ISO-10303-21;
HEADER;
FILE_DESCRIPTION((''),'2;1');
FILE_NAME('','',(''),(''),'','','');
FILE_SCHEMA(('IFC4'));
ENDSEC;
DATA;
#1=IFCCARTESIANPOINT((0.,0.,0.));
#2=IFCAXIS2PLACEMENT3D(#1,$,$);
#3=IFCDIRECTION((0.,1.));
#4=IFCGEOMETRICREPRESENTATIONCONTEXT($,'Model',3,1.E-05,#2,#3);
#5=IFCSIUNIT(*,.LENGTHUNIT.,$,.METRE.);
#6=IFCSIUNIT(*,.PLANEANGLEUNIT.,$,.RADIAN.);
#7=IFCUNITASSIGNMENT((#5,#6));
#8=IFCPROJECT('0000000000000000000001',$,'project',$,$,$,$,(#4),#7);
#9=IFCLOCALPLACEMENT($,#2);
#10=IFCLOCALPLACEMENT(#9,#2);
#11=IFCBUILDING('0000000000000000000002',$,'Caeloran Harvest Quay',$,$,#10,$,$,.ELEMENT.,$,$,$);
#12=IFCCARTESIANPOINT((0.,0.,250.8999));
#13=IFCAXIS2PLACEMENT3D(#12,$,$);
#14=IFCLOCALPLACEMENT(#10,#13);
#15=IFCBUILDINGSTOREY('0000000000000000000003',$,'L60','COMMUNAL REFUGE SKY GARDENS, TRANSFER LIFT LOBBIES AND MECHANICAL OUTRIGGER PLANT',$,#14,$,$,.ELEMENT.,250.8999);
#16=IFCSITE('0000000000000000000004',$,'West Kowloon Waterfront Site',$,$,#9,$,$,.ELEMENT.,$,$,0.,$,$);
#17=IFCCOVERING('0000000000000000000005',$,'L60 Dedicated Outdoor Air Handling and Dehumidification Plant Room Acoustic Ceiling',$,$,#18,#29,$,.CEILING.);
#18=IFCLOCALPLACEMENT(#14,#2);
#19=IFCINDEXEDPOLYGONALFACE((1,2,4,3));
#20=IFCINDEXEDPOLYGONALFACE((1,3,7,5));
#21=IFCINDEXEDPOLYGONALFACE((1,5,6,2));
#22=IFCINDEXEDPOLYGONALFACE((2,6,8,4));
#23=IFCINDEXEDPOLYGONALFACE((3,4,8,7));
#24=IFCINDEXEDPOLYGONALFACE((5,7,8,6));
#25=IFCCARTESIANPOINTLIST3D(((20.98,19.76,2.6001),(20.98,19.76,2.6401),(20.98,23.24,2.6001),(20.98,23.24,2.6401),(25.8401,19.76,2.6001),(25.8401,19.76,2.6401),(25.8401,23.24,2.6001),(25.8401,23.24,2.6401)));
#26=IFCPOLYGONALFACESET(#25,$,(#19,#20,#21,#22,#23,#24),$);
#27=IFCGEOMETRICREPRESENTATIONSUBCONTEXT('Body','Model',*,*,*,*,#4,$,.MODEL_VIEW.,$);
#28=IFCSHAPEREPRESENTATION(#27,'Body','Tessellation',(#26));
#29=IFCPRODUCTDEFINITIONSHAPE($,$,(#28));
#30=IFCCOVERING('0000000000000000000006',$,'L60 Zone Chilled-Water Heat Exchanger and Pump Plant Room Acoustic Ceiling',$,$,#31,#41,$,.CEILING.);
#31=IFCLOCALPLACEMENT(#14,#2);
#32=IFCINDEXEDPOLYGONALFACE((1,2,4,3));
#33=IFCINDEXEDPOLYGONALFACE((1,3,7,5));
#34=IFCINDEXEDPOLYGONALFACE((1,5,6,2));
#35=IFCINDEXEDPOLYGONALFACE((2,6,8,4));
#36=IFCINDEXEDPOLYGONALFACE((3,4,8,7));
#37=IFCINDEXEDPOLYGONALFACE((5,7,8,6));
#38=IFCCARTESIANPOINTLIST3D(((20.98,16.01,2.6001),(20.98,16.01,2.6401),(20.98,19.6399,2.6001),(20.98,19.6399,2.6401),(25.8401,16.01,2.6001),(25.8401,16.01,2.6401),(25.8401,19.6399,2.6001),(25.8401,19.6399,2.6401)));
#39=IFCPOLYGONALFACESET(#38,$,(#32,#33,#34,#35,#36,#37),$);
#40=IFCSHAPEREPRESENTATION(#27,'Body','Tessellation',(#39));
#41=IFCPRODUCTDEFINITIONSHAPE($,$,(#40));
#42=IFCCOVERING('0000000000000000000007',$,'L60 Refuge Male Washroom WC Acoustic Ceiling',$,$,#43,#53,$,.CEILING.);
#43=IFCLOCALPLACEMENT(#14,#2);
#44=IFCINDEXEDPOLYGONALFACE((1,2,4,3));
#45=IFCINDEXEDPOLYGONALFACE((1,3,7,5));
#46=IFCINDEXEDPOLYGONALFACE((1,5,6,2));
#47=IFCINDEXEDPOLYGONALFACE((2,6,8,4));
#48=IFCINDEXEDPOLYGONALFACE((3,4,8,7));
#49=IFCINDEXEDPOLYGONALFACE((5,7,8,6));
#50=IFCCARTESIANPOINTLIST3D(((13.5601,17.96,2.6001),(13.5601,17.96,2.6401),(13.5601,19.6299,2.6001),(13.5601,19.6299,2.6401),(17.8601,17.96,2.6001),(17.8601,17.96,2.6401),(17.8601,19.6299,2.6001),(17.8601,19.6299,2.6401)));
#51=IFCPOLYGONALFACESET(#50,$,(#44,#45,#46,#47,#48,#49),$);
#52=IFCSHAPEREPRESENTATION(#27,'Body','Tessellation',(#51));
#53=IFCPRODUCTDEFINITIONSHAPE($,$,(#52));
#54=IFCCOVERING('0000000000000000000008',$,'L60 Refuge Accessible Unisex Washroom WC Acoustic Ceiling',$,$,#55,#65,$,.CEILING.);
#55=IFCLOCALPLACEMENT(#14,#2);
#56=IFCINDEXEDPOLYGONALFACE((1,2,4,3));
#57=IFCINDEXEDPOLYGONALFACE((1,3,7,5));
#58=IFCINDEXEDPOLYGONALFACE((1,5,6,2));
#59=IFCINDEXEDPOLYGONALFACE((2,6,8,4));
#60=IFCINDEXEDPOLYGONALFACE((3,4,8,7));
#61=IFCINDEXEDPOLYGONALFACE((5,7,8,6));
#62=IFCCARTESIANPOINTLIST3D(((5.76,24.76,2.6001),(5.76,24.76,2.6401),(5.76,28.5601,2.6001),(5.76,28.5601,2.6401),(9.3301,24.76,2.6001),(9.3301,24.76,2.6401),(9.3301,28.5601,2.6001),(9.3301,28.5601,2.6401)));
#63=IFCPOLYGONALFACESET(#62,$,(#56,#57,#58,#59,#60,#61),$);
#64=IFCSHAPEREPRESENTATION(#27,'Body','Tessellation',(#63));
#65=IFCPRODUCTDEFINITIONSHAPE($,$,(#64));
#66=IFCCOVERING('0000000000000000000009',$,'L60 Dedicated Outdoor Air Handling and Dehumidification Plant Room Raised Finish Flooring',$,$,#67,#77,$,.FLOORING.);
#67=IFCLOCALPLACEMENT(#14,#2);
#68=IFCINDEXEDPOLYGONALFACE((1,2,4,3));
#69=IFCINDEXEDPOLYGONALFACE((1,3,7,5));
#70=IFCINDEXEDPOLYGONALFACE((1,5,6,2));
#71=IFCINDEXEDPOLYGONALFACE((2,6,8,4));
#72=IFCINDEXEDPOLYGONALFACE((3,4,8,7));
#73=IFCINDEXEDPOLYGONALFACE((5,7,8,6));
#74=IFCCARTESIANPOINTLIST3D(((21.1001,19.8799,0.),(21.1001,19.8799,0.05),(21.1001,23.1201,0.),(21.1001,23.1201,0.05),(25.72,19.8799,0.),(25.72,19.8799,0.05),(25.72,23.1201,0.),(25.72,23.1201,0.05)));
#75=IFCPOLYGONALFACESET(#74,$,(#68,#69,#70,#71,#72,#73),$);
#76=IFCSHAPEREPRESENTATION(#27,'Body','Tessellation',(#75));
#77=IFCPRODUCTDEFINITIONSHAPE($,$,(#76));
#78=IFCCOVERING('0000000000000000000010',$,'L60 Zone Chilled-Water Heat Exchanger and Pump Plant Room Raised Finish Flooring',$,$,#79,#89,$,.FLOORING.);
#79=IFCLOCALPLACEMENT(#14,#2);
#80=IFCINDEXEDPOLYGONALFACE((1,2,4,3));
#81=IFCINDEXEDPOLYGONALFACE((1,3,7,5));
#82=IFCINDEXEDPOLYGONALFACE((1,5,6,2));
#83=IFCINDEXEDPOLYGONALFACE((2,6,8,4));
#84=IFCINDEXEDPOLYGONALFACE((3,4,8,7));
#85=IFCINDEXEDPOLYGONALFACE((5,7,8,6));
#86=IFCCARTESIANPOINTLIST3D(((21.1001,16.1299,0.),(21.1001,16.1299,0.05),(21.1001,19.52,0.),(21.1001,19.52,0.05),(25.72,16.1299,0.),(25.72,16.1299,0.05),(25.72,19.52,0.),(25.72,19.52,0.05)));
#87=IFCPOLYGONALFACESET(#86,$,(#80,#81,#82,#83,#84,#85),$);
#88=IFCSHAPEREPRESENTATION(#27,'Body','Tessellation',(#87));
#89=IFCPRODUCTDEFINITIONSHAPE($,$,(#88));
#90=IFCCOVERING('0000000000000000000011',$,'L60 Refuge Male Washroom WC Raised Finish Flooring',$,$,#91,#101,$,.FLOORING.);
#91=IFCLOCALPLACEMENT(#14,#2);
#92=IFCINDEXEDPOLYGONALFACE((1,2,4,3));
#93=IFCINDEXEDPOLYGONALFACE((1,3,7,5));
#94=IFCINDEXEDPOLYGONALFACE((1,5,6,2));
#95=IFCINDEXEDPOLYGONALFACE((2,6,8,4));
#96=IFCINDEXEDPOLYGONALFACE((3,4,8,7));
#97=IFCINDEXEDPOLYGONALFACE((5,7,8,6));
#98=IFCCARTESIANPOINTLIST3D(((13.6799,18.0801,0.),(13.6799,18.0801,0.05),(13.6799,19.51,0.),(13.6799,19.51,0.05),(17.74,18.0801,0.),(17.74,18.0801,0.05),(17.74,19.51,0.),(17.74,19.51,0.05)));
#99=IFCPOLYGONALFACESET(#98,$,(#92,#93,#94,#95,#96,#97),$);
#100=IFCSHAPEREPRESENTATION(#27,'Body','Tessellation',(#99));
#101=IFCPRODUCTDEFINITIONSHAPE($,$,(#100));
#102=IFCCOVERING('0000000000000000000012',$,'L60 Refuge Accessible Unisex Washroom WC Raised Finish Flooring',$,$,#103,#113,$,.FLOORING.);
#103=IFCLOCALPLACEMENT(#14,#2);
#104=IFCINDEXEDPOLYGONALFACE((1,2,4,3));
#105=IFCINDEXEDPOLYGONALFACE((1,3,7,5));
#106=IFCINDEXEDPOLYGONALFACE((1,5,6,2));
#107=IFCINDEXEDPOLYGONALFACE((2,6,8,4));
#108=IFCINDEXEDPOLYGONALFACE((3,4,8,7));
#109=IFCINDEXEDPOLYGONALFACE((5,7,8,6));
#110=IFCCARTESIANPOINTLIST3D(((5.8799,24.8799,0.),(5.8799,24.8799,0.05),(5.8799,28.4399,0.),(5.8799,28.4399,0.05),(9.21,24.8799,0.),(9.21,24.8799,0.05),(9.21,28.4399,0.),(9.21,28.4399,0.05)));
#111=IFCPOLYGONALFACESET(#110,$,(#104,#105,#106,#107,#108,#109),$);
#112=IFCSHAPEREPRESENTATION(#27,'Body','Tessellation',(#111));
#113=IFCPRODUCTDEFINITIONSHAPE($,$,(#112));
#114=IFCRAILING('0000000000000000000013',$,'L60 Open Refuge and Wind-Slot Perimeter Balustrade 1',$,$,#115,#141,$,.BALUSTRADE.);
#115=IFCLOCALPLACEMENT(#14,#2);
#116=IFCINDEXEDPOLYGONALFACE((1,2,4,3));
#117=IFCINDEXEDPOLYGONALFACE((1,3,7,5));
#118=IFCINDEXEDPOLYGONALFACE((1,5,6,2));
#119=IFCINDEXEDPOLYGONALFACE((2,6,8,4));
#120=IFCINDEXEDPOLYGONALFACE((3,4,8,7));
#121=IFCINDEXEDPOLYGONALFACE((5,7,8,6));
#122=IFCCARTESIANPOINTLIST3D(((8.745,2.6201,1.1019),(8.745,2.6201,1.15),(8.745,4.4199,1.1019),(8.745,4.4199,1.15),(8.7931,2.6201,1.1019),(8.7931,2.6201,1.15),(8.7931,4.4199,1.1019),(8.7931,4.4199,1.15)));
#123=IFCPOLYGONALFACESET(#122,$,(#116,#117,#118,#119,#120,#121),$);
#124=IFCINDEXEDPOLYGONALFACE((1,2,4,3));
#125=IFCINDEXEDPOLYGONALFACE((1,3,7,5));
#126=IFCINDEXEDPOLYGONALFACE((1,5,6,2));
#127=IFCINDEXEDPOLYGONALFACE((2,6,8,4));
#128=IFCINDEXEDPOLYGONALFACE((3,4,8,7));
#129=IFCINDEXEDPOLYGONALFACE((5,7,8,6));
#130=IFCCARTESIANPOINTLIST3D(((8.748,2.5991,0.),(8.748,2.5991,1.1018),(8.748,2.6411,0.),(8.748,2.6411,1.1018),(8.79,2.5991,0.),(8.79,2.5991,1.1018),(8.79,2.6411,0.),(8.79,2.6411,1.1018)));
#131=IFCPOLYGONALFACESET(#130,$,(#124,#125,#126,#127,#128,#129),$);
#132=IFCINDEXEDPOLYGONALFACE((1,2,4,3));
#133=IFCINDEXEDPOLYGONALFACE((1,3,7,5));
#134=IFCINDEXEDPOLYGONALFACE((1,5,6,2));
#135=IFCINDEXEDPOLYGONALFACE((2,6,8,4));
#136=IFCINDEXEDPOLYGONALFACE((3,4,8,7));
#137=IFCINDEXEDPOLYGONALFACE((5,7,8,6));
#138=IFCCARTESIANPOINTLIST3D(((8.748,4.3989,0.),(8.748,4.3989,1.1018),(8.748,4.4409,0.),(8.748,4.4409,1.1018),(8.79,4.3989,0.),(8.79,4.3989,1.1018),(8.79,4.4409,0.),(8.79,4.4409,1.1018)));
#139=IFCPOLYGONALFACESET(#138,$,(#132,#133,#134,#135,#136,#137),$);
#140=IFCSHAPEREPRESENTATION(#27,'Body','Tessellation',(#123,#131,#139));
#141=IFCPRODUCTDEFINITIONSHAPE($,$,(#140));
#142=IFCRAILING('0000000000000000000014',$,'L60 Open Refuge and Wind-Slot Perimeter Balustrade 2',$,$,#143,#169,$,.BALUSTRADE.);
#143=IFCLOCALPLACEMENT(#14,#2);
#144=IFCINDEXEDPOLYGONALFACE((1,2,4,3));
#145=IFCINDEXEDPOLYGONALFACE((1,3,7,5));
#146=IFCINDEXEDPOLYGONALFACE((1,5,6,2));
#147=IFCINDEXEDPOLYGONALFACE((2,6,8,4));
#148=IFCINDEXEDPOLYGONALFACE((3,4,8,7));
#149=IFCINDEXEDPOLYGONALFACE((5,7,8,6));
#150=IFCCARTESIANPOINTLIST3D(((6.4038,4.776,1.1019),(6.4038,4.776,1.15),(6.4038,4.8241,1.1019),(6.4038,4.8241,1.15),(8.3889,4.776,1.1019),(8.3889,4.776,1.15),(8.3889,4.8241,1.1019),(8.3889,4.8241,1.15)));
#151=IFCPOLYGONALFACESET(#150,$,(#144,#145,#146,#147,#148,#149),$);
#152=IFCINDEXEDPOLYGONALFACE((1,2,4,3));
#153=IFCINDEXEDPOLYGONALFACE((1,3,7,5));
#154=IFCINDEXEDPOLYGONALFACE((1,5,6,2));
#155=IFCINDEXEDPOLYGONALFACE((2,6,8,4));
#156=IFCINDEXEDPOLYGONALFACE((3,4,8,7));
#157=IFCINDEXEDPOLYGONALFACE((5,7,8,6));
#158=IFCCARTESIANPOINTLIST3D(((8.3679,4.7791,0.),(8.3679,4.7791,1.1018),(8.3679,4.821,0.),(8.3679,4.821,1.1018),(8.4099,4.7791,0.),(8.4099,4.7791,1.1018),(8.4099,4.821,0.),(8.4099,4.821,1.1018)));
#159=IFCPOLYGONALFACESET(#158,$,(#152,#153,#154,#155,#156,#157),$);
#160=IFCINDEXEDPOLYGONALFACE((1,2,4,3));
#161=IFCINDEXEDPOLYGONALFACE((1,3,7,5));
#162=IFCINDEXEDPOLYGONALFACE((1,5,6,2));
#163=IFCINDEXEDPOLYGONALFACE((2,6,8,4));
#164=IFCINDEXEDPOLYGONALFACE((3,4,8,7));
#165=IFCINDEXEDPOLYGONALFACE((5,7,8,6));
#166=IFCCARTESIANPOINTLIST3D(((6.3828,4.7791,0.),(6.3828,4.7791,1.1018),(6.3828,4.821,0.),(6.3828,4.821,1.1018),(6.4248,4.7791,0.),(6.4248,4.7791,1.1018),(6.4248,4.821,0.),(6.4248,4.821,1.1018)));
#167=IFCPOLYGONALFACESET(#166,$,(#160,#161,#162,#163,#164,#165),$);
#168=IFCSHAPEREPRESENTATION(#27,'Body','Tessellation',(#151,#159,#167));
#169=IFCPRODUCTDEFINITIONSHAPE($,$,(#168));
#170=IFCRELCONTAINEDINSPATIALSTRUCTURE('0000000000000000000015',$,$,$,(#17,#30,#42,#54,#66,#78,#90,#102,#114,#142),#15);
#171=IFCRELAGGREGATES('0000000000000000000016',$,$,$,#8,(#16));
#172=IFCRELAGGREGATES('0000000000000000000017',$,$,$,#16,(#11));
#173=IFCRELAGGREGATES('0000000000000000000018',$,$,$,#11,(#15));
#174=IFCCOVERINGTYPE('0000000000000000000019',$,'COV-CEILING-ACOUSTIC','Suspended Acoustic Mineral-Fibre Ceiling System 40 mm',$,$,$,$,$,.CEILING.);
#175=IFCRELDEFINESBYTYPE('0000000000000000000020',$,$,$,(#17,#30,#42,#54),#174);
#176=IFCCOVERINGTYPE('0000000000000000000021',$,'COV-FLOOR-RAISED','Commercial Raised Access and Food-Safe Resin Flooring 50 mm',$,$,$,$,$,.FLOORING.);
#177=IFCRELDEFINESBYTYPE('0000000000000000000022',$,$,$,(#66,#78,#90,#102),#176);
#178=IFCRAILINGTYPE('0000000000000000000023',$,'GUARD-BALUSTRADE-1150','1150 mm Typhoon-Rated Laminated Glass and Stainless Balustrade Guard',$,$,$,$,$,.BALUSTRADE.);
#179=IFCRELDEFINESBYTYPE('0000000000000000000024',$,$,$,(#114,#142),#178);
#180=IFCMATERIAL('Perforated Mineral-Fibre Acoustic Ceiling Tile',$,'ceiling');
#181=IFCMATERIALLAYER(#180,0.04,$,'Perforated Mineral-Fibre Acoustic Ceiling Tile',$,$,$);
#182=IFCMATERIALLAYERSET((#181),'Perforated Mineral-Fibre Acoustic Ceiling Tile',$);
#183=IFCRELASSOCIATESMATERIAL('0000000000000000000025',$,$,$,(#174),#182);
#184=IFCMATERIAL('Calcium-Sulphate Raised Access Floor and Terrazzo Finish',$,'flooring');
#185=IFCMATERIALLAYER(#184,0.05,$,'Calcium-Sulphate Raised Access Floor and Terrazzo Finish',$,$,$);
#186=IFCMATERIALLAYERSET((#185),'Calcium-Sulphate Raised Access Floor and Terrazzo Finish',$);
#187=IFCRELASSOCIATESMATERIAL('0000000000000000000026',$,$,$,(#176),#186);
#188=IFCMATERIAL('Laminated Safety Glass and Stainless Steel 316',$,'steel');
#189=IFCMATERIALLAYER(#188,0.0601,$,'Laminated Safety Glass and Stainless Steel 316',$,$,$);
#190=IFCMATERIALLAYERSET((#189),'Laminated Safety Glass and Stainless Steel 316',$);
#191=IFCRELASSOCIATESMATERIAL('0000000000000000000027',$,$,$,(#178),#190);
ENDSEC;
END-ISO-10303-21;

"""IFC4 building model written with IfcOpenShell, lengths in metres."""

from ifc_helpers import new_model, si_unit, direction, frame, origin, origin_2d, place, context, subcontext, project, spatial, polyline, rectangle, outline, extrude, material, layer, layer_set, type_object, element, save


model = new_model("IFC4")

# Units and contexts
model_context = context("Model", 3, precision=1e-05, world=origin(), true_north=direction((0.0, 1.0)))
body_context = subcontext(model_context, "Body", "Model", "MODEL_VIEW")
ifc_project = project(units=[si_unit("LENGTHUNIT", "METRE"), si_unit("PLANEANGLEUNIT", "RADIAN")], contexts=[model_context])

# Site, building, storey
site_placement = place(None, origin())
site = spatial("IfcSite", under=ifc_project, at=site_placement, Name="West Kowloon Waterfront Site", CompositionType="ELEMENT", RefElevation=0.0)
building_placement = place(site_placement, origin())
building = spatial("IfcBuilding", under=site, at=building_placement, Name="Caeloran Harvest Quay", CompositionType="ELEMENT")
storey_placement = place(building_placement, frame((0.0, 0.0, 250.8999)))
storey = spatial("IfcBuildingStorey", under=building, at=storey_placement, Name="L60", Description="COMMUNAL REFUGE SKY GARDENS, TRANSFER LIFT LOBBIES AND MECHANICAL OUTRIGGER PLANT", CompositionType="ELEMENT", Elevation=250.8999)

# Coverings
ifc_material_1 = material(Name="Perforated Mineral-Fibre Acoustic Ceiling Tile", Category="ceiling")
ifc_layer_1 = layer(ifc_material_1, 0.04, Name="Perforated Mineral-Fibre Acoustic Ceiling Tile")
ifc_layer_set_1 = layer_set([ifc_layer_1], Name="Perforated Mineral-Fibre Acoustic Ceiling Tile")
covering_type_1 = type_object("IfcCoveringType", Name="COV-CEILING-ACOUSTIC", Description="Suspended Acoustic Mineral-Fibre Ceiling System 40 mm", PredefinedType="CEILING", material=ifc_layer_set_1)
covering_1_placement = place(storey_placement, frame((0.0, 0.0, 2.6001)))
element("IfcCovering", 1, at=covering_1_placement, inside=storey, type_object=covering_type_1, Name="L60 Dedicated Outdoor Air Handling and Dehumidification Plant Room Acoustic Ceiling", PredefinedType="CEILING", context=body_context, shape_type="SweptSolid", body=[
    extrude(outline(polyline([(25.8401, 23.24), (25.8401, 19.76), (20.98, 19.76), (20.98, 23.24), (25.8401, 23.24)])), origin(), (0.0, 0.0, 1.0), 0.04),
])
covering_2_placement = place(storey_placement, frame((0.0, 0.0, 2.6001)))
element("IfcCovering", 2, at=covering_2_placement, inside=storey, type_object=covering_type_1, Name="L60 Zone Chilled-Water Heat Exchanger and Pump Plant Room Acoustic Ceiling", PredefinedType="CEILING", context=body_context, shape_type="SweptSolid", body=[
    extrude(outline(polyline([(25.8401, 19.6399), (25.8401, 16.01), (20.98, 16.01), (20.98, 19.6399), (25.8401, 19.6399)])), origin(), (0.0, 0.0, 1.0), 0.04),
])
covering_3_placement = place(storey_placement, frame((0.0, 0.0, 2.6001)))
element("IfcCovering", 3, at=covering_3_placement, inside=storey, type_object=covering_type_1, Name="L60 Refuge Male Washroom WC Acoustic Ceiling", PredefinedType="CEILING", context=body_context, shape_type="SweptSolid", body=[
    extrude(outline(polyline([(17.8601, 19.6299), (17.8601, 17.96), (13.5601, 17.96), (13.5601, 19.6299), (17.8601, 19.6299)])), origin(), (0.0, 0.0, 1.0), 0.04),
])
covering_4_placement = place(storey_placement, frame((0.0, 0.0, 2.6001)))
element("IfcCovering", 4, at=covering_4_placement, inside=storey, type_object=covering_type_1, Name="L60 Refuge Accessible Unisex Washroom WC Acoustic Ceiling", PredefinedType="CEILING", context=body_context, shape_type="SweptSolid", body=[
    extrude(outline(polyline([(9.3301, 28.5601), (9.3301, 24.76), (5.76, 24.76), (5.76, 28.5601), (9.3301, 28.5601)])), origin(), (0.0, 0.0, 1.0), 0.04),
])
ifc_material_2 = material(Name="Calcium-Sulphate Raised Access Floor and Terrazzo Finish", Category="flooring")
ifc_layer_2 = layer(ifc_material_2, 0.05, Name="Calcium-Sulphate Raised Access Floor and Terrazzo Finish")
ifc_layer_set_2 = layer_set([ifc_layer_2], Name="Calcium-Sulphate Raised Access Floor and Terrazzo Finish")
covering_type_2 = type_object("IfcCoveringType", Name="COV-FLOOR-RAISED", Description="Commercial Raised Access and Food-Safe Resin Flooring 50 mm", PredefinedType="FLOORING", material=ifc_layer_set_2)
covering_5_placement = place(storey_placement, origin())
element("IfcCovering", 5, at=covering_5_placement, inside=storey, type_object=covering_type_2, Name="L60 Dedicated Outdoor Air Handling and Dehumidification Plant Room Raised Finish Flooring", PredefinedType="FLOORING", context=body_context, shape_type="SweptSolid", body=[
    extrude(outline(polyline([(25.72, 23.1201), (25.72, 19.8799), (21.1001, 19.8799), (21.1001, 23.1201), (25.72, 23.1201)])), origin(), (0.0, 0.0, 1.0), 0.05),
])
covering_6_placement = place(storey_placement, origin())
element("IfcCovering", 6, at=covering_6_placement, inside=storey, type_object=covering_type_2, Name="L60 Zone Chilled-Water Heat Exchanger and Pump Plant Room Raised Finish Flooring", PredefinedType="FLOORING", context=body_context, shape_type="SweptSolid", body=[
    extrude(outline(polyline([(25.72, 19.52), (25.72, 16.1299), (21.1001, 16.1299), (21.1001, 19.52), (25.72, 19.52)])), origin(), (0.0, 0.0, 1.0), 0.05),
])
covering_7_placement = place(storey_placement, origin())
element("IfcCovering", 7, at=covering_7_placement, inside=storey, type_object=covering_type_2, Name="L60 Refuge Male Washroom WC Raised Finish Flooring", PredefinedType="FLOORING", context=body_context, shape_type="SweptSolid", body=[
    extrude(outline(polyline([(17.74, 19.51), (17.74, 18.0801), (13.6799, 18.0801), (13.6799, 19.51), (17.74, 19.51)])), origin(), (0.0, 0.0, 1.0), 0.05),
])
covering_8_placement = place(storey_placement, origin())
element("IfcCovering", 8, at=covering_8_placement, inside=storey, type_object=covering_type_2, Name="L60 Refuge Accessible Unisex Washroom WC Raised Finish Flooring", PredefinedType="FLOORING", context=body_context, shape_type="SweptSolid", body=[
    extrude(outline(polyline([(9.21, 28.4399), (9.21, 24.8799), (5.8799, 24.8799), (5.8799, 28.4399), (9.21, 28.4399)])), origin(), (0.0, 0.0, 1.0), 0.05),
])

# Railings
ifc_material_3 = material(Name="Laminated Safety Glass and Stainless Steel 316", Category="steel")
ifc_layer_3 = layer(ifc_material_3, 0.0601, Name="Laminated Safety Glass and Stainless Steel 316")
ifc_layer_set_3 = layer_set([ifc_layer_3], Name="Laminated Safety Glass and Stainless Steel 316")
railing_type = type_object("IfcRailingType", Name="GUARD-BALUSTRADE-1150", Description="1150 mm Typhoon-Rated Laminated Glass and Stainless Balustrade Guard", PredefinedType="BALUSTRADE", material=ifc_layer_set_3)
railing_1_placement = place(storey_placement, frame((8.769, 2.6201, 0.0)))
element("IfcRailing", 9, at=railing_1_placement, inside=storey, type_object=railing_type, Name="L60 Open Refuge and Wind-Slot Perimeter Balustrade 1", PredefinedType="BALUSTRADE", context=body_context, shape_type="SweptSolid", body=[
    extrude(rectangle(XDim=0.0481, YDim=0.0481, at=origin_2d()), frame((0.0, 0.0, 1.126), z_axis=(0.0, 1.0, 0.0), x_axis=(-1.0, 0.0, 0.0)), (0.0, 0.0, 1.0), 1.7998),
    extrude(rectangle(XDim=0.042, YDim=0.042, at=origin_2d()), origin(), (0.0, 0.0, 1.0), 1.1018),
    extrude(rectangle(XDim=0.042, YDim=0.042, at=origin_2d()), frame((0.0, 1.7998, 0.0)), (0.0, 0.0, 1.0), 1.1018),
])
railing_2_placement = place(storey_placement, frame((8.3889, 4.8, 0.0)))
element("IfcRailing", 10, at=railing_2_placement, inside=storey, type_object=railing_type, Name="L60 Open Refuge and Wind-Slot Perimeter Balustrade 2", PredefinedType="BALUSTRADE", context=body_context, shape_type="SweptSolid", body=[
    extrude(rectangle(XDim=0.0481, YDim=0.0481, at=origin_2d()), frame((0.0, 0.0, 1.126), z_axis=(-1.0, 0.0, 0.0), x_axis=(0.0, -1.0, 0.0)), (0.0, 0.0, 1.0), 1.9851),
    extrude(rectangle(XDim=0.042, YDim=0.042, at=origin_2d()), origin(), (0.0, 0.0, 1.0), 1.1018),
    extrude(rectangle(XDim=0.042, YDim=0.042, at=origin_2d()), frame((-1.9851, 0.0, 0.0)), (0.0, 0.0, 1.0), 1.1018),
])

save(model, "model.ifc")
